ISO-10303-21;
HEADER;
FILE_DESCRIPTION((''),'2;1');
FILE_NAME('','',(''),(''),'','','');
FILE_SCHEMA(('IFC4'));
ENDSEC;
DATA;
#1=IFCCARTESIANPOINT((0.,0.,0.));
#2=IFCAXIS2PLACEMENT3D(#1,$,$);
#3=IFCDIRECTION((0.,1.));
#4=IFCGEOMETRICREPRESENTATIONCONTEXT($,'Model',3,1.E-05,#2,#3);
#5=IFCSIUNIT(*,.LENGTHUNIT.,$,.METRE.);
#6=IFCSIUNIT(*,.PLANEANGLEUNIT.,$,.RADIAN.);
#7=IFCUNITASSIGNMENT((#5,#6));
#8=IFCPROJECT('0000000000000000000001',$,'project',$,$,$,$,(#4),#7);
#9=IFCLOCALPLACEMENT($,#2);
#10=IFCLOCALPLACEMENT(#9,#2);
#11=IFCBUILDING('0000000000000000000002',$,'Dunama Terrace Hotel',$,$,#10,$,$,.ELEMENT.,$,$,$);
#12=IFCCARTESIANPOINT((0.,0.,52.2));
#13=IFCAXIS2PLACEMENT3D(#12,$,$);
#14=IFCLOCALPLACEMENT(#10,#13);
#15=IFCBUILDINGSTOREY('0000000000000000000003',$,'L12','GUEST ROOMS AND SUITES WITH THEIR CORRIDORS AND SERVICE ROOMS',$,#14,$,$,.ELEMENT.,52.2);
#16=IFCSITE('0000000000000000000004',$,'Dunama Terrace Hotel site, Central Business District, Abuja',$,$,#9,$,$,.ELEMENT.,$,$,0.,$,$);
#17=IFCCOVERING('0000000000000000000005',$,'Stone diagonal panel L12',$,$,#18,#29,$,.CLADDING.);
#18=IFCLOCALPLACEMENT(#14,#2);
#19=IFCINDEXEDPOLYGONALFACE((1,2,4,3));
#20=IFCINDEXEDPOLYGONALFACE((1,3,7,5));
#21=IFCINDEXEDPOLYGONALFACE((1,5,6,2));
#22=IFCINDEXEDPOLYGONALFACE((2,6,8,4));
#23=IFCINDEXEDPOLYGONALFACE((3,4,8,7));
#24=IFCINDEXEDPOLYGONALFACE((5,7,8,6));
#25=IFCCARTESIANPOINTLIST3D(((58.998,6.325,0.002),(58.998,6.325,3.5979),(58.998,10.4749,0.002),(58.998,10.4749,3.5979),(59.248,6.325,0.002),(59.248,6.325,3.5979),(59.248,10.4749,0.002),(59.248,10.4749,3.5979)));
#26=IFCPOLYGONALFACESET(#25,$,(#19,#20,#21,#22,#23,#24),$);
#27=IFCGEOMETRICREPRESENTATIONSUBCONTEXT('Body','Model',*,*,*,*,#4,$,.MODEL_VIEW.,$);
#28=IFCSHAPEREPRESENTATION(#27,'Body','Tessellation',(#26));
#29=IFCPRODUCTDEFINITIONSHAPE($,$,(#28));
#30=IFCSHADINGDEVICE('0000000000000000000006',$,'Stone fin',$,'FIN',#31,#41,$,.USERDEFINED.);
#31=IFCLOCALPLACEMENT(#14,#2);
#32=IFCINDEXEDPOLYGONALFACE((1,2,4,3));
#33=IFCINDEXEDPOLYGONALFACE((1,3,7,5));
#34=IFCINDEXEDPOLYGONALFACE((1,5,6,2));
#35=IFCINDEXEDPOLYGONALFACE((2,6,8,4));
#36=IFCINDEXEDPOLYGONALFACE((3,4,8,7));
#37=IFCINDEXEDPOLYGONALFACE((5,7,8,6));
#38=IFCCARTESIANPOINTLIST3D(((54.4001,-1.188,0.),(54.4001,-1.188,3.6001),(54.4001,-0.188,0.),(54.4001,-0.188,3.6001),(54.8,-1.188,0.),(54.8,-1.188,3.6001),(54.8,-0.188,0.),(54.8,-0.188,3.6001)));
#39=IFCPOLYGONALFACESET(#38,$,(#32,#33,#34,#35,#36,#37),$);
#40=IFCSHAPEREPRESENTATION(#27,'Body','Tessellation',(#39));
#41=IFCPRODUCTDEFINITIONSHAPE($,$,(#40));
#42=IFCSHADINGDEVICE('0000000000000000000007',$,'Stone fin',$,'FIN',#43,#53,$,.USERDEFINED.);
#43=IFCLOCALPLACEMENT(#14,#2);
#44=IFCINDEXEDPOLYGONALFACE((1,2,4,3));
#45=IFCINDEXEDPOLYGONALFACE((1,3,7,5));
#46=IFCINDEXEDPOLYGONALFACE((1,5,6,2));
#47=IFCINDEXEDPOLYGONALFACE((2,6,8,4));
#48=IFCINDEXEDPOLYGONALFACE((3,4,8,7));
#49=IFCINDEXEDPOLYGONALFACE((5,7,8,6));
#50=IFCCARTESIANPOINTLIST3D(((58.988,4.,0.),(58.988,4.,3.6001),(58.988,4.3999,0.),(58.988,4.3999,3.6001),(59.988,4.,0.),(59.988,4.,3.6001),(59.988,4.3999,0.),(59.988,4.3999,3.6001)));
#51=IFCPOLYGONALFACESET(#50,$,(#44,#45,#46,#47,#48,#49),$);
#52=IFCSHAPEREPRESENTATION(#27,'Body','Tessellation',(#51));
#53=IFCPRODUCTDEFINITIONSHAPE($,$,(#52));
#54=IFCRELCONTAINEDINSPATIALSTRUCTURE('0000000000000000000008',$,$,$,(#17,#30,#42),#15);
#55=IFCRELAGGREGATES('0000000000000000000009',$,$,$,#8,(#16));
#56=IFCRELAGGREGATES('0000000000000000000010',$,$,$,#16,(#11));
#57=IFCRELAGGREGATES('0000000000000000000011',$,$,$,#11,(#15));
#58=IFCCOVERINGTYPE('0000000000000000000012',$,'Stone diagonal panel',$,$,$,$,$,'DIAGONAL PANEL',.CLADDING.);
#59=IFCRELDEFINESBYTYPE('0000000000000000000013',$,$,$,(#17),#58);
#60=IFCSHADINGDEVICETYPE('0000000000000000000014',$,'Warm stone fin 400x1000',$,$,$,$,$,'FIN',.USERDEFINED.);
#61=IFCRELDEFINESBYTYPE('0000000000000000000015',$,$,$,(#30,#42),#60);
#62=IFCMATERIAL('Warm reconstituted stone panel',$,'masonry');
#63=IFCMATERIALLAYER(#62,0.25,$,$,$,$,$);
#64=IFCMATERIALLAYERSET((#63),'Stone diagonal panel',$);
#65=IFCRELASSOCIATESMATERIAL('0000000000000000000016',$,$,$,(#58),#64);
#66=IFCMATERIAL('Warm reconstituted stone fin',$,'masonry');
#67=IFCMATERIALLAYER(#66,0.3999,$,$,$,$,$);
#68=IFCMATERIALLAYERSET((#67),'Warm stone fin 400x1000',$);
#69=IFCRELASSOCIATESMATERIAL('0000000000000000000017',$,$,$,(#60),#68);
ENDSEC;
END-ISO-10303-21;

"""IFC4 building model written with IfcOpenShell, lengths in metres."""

from ifc_helpers import new_model, si_unit, direction, frame, origin, origin_2d, place, context, subcontext, project, spatial, rectangle, extrude, material, layer, layer_set, type_object, element, save


model = new_model("IFC4")

# Units and contexts
model_context = context("Model", 3, precision=1e-05, world=origin(), true_north=direction((0.0, 1.0)))
body_context = subcontext(model_context, "Body", "Model", "MODEL_VIEW")
ifc_project = project(units=[si_unit("LENGTHUNIT", "METRE"), si_unit("PLANEANGLEUNIT", "RADIAN")], contexts=[model_context])

# Site, building, storey
site_placement = place(None, origin())
site = spatial("IfcSite", under=ifc_project, at=site_placement, Name="Dunama Terrace Hotel site, Central Business District, Abuja", CompositionType="ELEMENT", RefElevation=0.0)
building_placement = place(site_placement, origin())
building = spatial("IfcBuilding", under=site, at=building_placement, Name="Dunama Terrace Hotel", CompositionType="ELEMENT")
storey_placement = place(building_placement, frame((0.0, 0.0, 52.2)))
storey = spatial("IfcBuildingStorey", under=building, at=storey_placement, Name="L12", Description="GUEST ROOMS AND SUITES WITH THEIR CORRIDORS AND SERVICE ROOMS", CompositionType="ELEMENT", Elevation=52.2)

# Covering
ifc_material_1 = material(Name="Warm reconstituted stone panel", Category="masonry")
ifc_layer_1 = layer(ifc_material_1, 0.25)
ifc_layer_set_1 = layer_set([ifc_layer_1], Name="Stone diagonal panel")
covering_type = type_object("IfcCoveringType", Name="Stone diagonal panel", ElementType="DIAGONAL PANEL", PredefinedType="CLADDING", material=ifc_layer_set_1)
covering_1_placement = place(storey_placement, frame((59.123, 8.3999, 0.002), z_axis=(0.0, 0.0, 1.0), x_axis=(0.0, 1.0, 0.0)))
element("IfcCovering", 1, at=covering_1_placement, inside=storey, type_object=covering_type, Name="Stone diagonal panel L12", PredefinedType="CLADDING", context=body_context, shape_type="SweptSolid", body=[
    extrude(rectangle(XDim=4.1499, YDim=0.25, at=origin_2d()), origin(), (0.0, 0.0, 1.0), 3.5959),
])

# Shading devices
ifc_material_2 = material(Name="Warm reconstituted stone fin", Category="masonry")
ifc_layer_2 = layer(ifc_material_2, 0.3999)
ifc_layer_set_2 = layer_set([ifc_layer_2], Name="Warm stone fin 400x1000")
shading_device_type = type_object("IfcShadingDeviceType", Name="Warm stone fin 400x1000", ElementType="FIN", PredefinedType="USERDEFINED", material=ifc_layer_set_2)
for number, where, z_axis, x_axis, name in (
    (2, (54.6001, -0.688, 0.0), (0.0, 0.0, 1.0), (1.0, 0.0, 0.0), "Stone fin"),
    (3, (59.488, 4.2, 0.0), (0.0, 0.0, 1.0), (0.0, 1.0, 0.0), "Stone fin"),
):
    element("IfcShadingDevice", number, at=place(storey_placement, frame(where, z_axis=z_axis, x_axis=x_axis)), inside=storey, type_object=shading_device_type, Name=name, ObjectType="FIN", PredefinedType="USERDEFINED", context=body_context, shape_type="SweptSolid", body=[
        extrude(rectangle(XDim=0.3999, YDim=1.0, at=origin_2d()), origin(), (0.0, 0.0, 1.0), 3.6001),
    ])

save(model, "model.ifc")
